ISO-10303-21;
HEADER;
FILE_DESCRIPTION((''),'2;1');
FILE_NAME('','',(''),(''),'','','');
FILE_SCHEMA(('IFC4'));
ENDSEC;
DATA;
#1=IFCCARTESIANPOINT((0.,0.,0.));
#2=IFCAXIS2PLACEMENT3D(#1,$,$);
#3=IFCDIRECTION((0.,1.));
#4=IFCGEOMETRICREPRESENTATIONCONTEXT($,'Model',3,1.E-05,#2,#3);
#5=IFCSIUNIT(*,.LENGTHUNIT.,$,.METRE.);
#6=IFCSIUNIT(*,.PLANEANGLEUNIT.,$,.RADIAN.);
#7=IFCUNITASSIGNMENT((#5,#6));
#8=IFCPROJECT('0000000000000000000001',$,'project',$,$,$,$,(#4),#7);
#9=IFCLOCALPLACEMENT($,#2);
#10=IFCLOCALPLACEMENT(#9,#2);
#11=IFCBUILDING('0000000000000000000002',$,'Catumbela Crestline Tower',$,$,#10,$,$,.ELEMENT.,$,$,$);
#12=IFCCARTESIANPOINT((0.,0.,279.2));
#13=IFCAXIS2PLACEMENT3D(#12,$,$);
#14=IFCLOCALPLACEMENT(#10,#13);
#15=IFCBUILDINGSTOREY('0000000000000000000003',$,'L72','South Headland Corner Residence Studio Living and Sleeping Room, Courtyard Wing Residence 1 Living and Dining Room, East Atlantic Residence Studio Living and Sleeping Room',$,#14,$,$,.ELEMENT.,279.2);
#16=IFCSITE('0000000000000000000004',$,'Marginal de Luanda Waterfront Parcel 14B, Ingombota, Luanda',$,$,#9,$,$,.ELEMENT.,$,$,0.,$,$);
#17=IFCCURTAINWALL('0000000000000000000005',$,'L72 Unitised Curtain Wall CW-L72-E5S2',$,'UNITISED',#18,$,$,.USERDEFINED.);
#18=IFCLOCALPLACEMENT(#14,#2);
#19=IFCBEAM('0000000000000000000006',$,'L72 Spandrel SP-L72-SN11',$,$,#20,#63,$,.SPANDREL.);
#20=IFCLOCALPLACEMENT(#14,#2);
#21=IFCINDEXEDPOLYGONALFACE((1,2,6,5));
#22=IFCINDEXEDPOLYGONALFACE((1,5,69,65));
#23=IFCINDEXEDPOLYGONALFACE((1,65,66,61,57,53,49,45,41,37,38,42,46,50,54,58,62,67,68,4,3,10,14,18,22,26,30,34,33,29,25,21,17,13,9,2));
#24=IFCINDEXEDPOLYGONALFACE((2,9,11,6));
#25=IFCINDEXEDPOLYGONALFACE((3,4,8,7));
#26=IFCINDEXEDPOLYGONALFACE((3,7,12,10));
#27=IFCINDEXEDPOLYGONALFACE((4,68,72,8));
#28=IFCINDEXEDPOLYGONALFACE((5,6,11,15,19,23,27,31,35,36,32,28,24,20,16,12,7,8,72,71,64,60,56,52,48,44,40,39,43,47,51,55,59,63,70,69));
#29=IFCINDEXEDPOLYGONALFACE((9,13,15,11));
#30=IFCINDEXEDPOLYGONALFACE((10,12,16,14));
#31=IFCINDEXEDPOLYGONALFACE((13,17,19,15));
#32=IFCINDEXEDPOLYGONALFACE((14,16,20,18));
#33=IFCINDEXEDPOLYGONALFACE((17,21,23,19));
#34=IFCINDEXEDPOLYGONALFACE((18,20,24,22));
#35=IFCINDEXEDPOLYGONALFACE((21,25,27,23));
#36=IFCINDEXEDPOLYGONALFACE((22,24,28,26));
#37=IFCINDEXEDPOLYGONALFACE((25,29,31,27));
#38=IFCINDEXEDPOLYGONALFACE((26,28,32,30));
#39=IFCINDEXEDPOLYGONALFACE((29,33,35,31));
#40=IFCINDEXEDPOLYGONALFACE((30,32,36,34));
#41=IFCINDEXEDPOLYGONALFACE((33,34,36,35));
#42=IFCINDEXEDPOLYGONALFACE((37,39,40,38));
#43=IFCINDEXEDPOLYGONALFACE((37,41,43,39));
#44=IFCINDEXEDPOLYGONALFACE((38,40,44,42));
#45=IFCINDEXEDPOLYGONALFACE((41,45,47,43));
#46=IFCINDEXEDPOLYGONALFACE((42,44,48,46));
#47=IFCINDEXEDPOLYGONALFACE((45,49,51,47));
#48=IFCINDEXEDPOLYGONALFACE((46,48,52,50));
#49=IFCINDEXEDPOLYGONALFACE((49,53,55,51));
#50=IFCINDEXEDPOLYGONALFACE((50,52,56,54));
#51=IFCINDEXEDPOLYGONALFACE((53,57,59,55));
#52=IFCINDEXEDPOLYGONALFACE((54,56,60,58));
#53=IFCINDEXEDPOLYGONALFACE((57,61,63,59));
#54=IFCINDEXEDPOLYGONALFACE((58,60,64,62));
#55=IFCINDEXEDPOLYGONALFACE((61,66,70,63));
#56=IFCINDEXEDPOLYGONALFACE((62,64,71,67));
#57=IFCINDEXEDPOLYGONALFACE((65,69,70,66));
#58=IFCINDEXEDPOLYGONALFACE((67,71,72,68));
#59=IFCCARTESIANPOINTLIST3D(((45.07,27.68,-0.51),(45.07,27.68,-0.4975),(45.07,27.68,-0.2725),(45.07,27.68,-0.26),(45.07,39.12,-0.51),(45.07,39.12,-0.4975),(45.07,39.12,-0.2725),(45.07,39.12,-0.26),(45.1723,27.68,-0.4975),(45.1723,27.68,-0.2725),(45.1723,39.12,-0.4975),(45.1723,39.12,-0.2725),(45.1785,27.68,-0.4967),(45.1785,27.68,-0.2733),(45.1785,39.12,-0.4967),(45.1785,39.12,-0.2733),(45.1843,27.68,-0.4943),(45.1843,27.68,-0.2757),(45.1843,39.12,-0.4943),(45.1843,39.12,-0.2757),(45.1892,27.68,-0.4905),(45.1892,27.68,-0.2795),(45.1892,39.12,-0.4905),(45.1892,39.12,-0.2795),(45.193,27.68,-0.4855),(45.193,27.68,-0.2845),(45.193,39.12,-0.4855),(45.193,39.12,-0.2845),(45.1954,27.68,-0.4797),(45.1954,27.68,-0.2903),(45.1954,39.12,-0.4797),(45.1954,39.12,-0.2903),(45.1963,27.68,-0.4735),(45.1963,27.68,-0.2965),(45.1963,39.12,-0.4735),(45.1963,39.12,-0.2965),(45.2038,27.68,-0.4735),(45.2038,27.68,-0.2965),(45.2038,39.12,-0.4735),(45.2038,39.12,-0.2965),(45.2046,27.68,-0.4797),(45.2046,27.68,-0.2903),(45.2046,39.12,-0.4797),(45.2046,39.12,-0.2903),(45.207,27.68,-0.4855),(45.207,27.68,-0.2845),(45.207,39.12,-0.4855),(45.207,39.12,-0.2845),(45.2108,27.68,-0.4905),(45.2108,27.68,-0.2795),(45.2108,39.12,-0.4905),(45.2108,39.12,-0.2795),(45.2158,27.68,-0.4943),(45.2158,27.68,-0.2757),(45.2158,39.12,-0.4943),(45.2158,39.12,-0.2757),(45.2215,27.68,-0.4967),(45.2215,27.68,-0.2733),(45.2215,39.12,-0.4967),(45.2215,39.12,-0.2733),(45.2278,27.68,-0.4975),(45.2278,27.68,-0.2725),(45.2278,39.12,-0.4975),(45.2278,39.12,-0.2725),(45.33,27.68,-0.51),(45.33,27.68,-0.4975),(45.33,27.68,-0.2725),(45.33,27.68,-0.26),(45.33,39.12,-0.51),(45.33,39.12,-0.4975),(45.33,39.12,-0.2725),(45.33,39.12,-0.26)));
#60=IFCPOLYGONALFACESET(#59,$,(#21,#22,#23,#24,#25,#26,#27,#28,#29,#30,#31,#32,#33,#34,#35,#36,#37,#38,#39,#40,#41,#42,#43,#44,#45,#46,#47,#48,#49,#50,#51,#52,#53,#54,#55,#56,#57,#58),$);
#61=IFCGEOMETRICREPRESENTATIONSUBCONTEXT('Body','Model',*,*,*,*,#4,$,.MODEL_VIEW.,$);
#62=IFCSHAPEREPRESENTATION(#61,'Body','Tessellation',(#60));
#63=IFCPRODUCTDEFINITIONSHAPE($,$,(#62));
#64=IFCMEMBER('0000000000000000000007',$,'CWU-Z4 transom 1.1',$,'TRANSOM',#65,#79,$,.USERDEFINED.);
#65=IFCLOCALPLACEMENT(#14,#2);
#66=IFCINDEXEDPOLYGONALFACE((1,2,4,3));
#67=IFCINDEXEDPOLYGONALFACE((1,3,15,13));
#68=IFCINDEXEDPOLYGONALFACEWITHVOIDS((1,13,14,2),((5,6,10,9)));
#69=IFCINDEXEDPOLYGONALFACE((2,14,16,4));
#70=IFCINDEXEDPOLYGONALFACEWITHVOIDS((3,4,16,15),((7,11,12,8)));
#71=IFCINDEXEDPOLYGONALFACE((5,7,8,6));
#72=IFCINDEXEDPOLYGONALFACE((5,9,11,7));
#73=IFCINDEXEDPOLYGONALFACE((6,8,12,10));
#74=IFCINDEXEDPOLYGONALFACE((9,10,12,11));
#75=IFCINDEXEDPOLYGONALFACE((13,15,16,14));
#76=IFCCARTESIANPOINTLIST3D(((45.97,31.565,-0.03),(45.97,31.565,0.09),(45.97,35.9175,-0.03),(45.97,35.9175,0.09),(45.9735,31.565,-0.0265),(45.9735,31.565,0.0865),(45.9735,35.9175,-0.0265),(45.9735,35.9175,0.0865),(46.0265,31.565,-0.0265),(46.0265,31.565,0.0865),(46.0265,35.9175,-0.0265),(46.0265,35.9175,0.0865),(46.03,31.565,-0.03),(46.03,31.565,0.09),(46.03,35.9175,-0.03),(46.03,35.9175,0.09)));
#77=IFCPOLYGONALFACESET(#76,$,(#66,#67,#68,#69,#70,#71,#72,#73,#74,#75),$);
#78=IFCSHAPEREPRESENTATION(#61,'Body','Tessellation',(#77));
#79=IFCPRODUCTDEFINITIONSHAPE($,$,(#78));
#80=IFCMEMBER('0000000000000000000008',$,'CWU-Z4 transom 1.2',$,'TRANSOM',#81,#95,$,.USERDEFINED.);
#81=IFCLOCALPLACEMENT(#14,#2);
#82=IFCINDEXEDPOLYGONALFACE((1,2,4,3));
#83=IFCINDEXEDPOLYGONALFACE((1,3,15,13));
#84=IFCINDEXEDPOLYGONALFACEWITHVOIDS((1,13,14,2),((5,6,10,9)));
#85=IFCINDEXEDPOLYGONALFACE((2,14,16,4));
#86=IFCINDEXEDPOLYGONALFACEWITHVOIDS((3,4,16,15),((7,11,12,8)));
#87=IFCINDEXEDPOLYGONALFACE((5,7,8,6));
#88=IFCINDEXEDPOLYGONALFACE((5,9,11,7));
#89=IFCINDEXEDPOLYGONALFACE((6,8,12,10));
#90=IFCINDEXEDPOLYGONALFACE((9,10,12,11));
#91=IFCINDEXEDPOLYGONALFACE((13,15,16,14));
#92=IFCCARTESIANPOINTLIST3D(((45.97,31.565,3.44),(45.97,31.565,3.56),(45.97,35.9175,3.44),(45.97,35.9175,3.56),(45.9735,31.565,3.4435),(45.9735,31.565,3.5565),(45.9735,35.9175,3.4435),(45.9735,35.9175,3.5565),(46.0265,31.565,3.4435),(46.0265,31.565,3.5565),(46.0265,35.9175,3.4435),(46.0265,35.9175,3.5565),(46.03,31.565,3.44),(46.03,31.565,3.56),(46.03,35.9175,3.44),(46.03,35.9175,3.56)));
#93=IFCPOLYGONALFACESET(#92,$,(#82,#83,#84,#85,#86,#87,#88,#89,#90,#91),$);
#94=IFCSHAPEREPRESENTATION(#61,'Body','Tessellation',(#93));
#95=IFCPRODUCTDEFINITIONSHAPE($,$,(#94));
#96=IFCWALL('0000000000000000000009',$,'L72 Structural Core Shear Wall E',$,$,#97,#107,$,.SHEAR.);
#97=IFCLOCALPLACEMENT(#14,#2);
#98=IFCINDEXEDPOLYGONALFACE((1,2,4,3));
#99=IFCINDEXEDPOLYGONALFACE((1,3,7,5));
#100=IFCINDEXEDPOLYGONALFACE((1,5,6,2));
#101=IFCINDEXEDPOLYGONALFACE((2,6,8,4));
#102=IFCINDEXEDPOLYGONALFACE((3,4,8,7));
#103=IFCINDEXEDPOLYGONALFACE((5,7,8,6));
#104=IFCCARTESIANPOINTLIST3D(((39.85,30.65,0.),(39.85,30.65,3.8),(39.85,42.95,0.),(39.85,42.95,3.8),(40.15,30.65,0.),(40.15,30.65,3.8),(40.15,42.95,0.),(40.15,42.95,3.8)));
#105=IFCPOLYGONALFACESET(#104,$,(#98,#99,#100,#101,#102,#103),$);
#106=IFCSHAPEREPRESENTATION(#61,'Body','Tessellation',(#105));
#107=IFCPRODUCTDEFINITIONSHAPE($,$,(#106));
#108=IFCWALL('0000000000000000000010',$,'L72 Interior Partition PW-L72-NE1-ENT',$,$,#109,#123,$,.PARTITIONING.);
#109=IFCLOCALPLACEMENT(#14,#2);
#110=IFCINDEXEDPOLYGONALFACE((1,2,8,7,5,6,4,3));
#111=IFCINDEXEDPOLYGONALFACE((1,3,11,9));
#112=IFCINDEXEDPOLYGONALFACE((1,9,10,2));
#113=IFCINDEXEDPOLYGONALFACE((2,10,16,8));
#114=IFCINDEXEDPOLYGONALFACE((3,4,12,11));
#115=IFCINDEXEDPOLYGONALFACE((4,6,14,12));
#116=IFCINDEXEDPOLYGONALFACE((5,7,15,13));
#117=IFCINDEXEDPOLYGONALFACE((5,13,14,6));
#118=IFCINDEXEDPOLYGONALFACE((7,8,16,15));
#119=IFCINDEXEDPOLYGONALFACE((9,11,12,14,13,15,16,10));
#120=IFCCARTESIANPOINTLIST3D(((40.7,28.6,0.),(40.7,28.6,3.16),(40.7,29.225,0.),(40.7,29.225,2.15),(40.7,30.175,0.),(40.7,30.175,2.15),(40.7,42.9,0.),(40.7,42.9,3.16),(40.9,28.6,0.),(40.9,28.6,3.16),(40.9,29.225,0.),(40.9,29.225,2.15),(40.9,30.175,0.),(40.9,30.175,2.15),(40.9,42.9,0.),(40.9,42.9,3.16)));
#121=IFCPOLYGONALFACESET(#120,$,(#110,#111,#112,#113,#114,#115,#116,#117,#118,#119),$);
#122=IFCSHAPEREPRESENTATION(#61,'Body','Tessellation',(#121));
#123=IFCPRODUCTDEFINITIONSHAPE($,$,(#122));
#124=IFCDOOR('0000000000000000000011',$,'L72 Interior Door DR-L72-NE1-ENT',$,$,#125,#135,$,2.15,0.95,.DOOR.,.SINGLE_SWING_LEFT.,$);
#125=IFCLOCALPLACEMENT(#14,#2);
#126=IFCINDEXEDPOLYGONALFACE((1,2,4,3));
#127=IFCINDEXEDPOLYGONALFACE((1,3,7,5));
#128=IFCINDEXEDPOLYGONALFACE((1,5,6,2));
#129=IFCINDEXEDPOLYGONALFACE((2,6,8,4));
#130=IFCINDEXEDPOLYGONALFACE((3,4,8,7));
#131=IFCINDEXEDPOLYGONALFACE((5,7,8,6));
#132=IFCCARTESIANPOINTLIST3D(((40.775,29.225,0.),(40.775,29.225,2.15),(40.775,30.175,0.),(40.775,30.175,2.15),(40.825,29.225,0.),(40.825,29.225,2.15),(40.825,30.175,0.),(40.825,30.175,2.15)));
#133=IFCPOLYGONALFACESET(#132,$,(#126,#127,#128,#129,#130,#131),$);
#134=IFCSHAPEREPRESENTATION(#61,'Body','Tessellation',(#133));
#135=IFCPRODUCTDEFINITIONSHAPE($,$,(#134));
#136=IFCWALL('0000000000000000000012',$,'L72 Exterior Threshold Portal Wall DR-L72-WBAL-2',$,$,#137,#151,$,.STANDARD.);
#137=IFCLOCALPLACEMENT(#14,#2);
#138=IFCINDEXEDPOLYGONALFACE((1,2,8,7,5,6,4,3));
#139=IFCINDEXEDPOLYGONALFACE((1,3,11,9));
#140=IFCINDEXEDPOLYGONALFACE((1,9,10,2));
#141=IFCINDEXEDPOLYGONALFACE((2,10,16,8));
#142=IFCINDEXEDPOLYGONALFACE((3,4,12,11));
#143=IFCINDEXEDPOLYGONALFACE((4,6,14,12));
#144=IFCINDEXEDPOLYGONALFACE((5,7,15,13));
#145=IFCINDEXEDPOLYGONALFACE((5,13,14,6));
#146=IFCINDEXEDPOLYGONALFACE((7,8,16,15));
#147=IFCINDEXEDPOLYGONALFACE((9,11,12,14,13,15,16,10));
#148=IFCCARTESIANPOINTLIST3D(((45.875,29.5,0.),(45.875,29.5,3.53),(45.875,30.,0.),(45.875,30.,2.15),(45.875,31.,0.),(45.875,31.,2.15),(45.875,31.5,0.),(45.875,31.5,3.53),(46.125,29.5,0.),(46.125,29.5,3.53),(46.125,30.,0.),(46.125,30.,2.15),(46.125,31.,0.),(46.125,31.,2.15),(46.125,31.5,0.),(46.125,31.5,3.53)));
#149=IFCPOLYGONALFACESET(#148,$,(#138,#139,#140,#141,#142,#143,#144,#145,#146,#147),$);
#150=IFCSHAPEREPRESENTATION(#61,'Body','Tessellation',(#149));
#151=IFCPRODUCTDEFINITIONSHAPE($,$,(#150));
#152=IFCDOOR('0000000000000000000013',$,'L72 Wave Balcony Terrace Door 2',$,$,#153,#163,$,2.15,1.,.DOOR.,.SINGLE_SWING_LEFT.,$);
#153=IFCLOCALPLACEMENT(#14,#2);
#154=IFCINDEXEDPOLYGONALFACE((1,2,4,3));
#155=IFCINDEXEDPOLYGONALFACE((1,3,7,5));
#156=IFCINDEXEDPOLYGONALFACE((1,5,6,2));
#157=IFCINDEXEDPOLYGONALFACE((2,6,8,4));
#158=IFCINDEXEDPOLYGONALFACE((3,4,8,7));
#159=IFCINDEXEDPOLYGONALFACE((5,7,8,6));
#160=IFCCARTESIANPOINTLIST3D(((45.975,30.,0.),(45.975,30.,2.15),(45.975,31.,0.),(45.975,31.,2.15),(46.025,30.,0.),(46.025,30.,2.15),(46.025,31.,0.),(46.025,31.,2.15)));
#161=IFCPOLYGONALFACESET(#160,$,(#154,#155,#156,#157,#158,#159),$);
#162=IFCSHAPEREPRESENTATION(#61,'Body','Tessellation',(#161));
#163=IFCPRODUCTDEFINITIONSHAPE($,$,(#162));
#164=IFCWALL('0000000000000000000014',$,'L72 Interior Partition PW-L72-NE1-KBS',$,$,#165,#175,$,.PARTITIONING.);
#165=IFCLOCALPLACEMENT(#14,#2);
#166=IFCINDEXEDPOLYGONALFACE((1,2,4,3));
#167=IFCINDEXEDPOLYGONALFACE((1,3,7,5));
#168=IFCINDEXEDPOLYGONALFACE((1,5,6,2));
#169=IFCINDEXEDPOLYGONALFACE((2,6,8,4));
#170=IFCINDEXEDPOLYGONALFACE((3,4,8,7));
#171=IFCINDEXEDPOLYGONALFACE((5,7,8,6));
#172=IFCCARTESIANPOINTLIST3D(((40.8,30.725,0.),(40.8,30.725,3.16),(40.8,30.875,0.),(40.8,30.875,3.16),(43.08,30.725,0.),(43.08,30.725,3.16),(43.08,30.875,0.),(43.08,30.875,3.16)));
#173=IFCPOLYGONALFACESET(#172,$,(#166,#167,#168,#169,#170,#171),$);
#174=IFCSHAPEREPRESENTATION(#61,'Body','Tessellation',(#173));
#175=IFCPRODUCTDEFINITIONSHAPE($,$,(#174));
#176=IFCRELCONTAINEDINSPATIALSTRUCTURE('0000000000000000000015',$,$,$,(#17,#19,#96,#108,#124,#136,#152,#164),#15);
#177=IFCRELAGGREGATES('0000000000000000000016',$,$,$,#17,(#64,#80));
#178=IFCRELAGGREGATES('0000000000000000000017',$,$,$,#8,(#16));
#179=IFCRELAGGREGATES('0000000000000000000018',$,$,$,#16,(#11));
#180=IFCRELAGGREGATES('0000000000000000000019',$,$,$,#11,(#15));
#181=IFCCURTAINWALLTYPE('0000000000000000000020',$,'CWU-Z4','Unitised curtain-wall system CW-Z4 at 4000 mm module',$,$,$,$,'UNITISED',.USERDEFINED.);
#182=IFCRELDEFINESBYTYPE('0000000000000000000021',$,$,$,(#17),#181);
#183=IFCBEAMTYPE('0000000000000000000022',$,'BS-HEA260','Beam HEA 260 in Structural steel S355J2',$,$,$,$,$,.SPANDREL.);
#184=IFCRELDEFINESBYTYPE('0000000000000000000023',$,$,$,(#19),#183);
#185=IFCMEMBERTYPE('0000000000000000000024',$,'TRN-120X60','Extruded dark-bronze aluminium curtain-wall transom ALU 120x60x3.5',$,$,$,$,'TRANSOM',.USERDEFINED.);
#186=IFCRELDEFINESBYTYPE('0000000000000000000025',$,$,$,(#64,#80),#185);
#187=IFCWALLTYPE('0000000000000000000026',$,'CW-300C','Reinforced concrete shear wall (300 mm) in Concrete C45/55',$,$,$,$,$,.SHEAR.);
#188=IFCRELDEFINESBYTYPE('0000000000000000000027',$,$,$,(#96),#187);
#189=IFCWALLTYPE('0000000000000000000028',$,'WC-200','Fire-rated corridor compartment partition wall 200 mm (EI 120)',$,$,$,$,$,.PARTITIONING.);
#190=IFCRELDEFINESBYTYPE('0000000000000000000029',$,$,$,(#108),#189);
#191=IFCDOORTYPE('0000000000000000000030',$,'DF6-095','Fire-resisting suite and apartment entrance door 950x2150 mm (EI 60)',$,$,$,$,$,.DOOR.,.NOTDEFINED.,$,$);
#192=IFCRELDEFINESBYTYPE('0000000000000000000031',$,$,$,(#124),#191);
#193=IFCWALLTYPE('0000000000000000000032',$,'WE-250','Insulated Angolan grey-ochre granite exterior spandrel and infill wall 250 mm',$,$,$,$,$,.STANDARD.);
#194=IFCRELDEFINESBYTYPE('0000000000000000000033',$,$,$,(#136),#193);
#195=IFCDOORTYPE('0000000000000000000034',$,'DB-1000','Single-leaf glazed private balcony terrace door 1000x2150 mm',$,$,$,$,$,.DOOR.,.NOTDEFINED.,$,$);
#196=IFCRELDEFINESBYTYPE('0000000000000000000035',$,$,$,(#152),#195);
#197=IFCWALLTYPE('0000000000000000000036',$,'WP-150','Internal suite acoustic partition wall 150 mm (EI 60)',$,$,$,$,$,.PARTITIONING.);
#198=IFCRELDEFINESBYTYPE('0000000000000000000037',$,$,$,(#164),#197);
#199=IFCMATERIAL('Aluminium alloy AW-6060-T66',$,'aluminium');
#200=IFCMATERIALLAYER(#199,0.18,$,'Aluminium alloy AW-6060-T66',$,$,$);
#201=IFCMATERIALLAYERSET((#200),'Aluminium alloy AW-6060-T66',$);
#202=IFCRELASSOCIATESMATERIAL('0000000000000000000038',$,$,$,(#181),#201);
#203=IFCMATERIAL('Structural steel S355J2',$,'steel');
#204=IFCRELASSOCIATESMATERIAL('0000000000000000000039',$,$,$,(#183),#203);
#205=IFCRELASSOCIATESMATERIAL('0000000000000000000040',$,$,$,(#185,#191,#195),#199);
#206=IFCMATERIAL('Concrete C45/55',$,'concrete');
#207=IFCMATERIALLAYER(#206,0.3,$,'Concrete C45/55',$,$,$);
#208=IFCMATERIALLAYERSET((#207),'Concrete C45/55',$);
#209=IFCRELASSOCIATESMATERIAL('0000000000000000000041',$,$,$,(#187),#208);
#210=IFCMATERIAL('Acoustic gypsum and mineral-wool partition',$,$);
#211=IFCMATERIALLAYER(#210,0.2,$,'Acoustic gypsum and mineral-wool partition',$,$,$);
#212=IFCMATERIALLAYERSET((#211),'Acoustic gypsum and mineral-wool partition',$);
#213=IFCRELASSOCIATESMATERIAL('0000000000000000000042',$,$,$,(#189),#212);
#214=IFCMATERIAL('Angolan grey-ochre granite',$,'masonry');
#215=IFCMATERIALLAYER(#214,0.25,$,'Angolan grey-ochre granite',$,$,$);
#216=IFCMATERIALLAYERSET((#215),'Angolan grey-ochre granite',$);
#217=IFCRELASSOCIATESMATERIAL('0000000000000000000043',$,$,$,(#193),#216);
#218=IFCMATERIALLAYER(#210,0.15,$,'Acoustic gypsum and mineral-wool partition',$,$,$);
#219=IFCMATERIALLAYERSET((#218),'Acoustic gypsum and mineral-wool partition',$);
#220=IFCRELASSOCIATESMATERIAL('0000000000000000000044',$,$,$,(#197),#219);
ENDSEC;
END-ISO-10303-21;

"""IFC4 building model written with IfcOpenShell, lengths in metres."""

from ifc_helpers import new_model, si_unit, direction, frame, frame_2d, origin, origin_2d, place, context, subcontext, project, spatial, rectangle, hollow_rectangle, i_section, extrude, material, layer, layer_set, material_profile, profile_set, type_object, element, fill, aggregate, save


model = new_model("IFC4")

# Units and contexts
model_context = context("Model", 3, precision=1e-05, world=origin(), true_north=direction((0.0, 1.0)))
body_context = subcontext(model_context, "Body", "Model", "MODEL_VIEW")
ifc_project = project(units=[si_unit("LENGTHUNIT", "METRE"), si_unit("PLANEANGLEUNIT", "RADIAN")], contexts=[model_context])

# Site, building, storey
site_placement = place(None, origin())
site = spatial("IfcSite", under=ifc_project, at=site_placement, Name="Marginal de Luanda Waterfront Parcel 14B, Ingombota, Luanda", CompositionType="ELEMENT", RefElevation=0.0)
building_placement = place(site_placement, origin())
building = spatial("IfcBuilding", under=site, at=building_placement, Name="Catumbela Crestline Tower", CompositionType="ELEMENT")
storey_placement = place(building_placement, frame((0.0, 0.0, 279.2)))
storey = spatial("IfcBuildingStorey", under=building, at=storey_placement, Name="L72", Description="South Headland Corner Residence Studio Living and Sleeping Room, Courtyard Wing Residence 1 Living and Dining Room, East Atlantic Residence Studio Living and Sleeping Room", CompositionType="ELEMENT", Elevation=279.2)

# Shared definitions
ifc_material_1 = material(Name="Concrete C45/55", Category="concrete")
ifc_material_2 = material(Name="Structural steel S355J2", Category="steel")

# Curtain wall
ifc_material_3 = material(Name="Aluminium alloy AW-6060-T66", Category="aluminium")
ifc_layer_1 = layer(ifc_material_3, 0.18, Name="Aluminium alloy AW-6060-T66")
ifc_layer_set_1 = layer_set([ifc_layer_1], Name="Aluminium alloy AW-6060-T66")
curtain_wall_type = type_object("IfcCurtainWallType", Name="CWU-Z4", Description="Unitised curtain-wall system CW-Z4 at 4000 mm module", ElementType="UNITISED", PredefinedType="USERDEFINED", material=ifc_layer_set_1)
curtain_wall_placement = place(storey_placement, origin())
curtain_wall = element("IfcCurtainWall", 1, at=curtain_wall_placement, inside=storey, type_object=curtain_wall_type, Name="L72 Unitised Curtain Wall CW-L72-E5S2", ObjectType="UNITISED", PredefinedType="USERDEFINED")

# Beam
ifc_material_profile_1 = material_profile(ifc_material_2, i_section(OverallWidth=0.26, OverallDepth=0.25, WebThickness=0.0075, FlangeThickness=0.0125, FilletRadius=0.024, at=origin_2d()), Name="HEA 260")
ifc_profile_set_1 = profile_set([ifc_material_profile_1], Name="Structural steel S355J2")
beam_type_1 = type_object("IfcBeamType", Name="BS-HEA260", Description="Beam HEA 260 in Structural steel S355J2", PredefinedType="SPANDREL", material=ifc_profile_set_1)
beam_1_placement = place(storey_placement, frame((45.2, 27.68, -0.385), z_axis=(0.0, 1.0, 0.0), x_axis=(-1.0, 0.0, 0.0)))
element("IfcBeam", 2, at=beam_1_placement, inside=storey, type_object=beam_type_1, Name="L72 Spandrel SP-L72-SN11", PredefinedType="SPANDREL", context=body_context, shape_type="SweptSolid", body=[
    extrude(i_section(OverallWidth=0.26, OverallDepth=0.25, WebThickness=0.0075, FlangeThickness=0.0125, FilletRadius=0.024, at=origin_2d()), origin(), (0.0, 0.0, 1.0), 11.44),
])

# Members
ifc_material_profile_2 = material_profile(ifc_material_3, hollow_rectangle(XDim=0.06, YDim=0.12, WallThickness=0.0035, at=origin_2d()), Name="ALU 120x60x3.5")
ifc_profile_set_2 = profile_set([ifc_material_profile_2], Name="Aluminium alloy AW-6060-T66")
member_type_1 = type_object("IfcMemberType", Name="TRN-120X60", Description="Extruded dark-bronze aluminium curtain-wall transom ALU 120x60x3.5", ElementType="TRANSOM", PredefinedType="USERDEFINED", material=ifc_profile_set_2)
member_1_placement = place(storey_placement, frame((46.0, 31.565, 0.03), z_axis=(0.0, 1.0, 0.0), x_axis=(-1.0, 0.0, 0.0)))
member_1 = element("IfcMember", 3, at=member_1_placement, type_object=member_type_1, Name="CWU-Z4 transom 1.1", ObjectType="TRANSOM", PredefinedType="USERDEFINED", context=body_context, shape_type="SweptSolid", body=[
    extrude(hollow_rectangle(XDim=0.06, YDim=0.12, WallThickness=0.0035, at=origin_2d()), origin(), (0.0, 0.0, 1.0), 4.3525),
])
member_2_placement = place(storey_placement, frame((46.0, 31.565, 3.5), z_axis=(0.0, 1.0, 0.0), x_axis=(-1.0, 0.0, 0.0)))
member_2 = element("IfcMember", 4, at=member_2_placement, type_object=member_type_1, Name="CWU-Z4 transom 1.2", ObjectType="TRANSOM", PredefinedType="USERDEFINED", context=body_context, shape_type="SweptSolid", body=[
    extrude(hollow_rectangle(XDim=0.06, YDim=0.12, WallThickness=0.0035, at=origin_2d()), origin(), (0.0, 0.0, 1.0), 4.3525),
])
aggregate(curtain_wall, [member_1, member_2])

# Wall
ifc_layer_2 = layer(ifc_material_1, 0.3, Name="Concrete C45/55")
ifc_layer_set_2 = layer_set([ifc_layer_2], Name="Concrete C45/55")
wall_type_1 = type_object("IfcWallType", Name="CW-300C", Description="Reinforced concrete shear wall (300 mm) in Concrete C45/55", PredefinedType="SHEAR", material=ifc_layer_set_2)
wall_1_placement = place(storey_placement, frame((40.0, 30.65, 0.0), z_axis=(0.0, 0.0, 1.0), x_axis=(0.0, 1.0, 0.0)))
element("IfcWall", 5, at=wall_1_placement, inside=storey, type_object=wall_type_1, Name="L72 Structural Core Shear Wall E", PredefinedType="SHEAR", context=body_context, shape_type="SweptSolid", body=[
    extrude(rectangle(XDim=12.3, YDim=0.3, at=frame_2d((6.15, 0.0))), origin(), (0.0, 0.0, 1.0), 3.8),
])

# Walls, openings, doors
ifc_material_4 = material(Name="Acoustic gypsum and mineral-wool partition")
ifc_layer_3 = layer(ifc_material_4, 0.2, Name="Acoustic gypsum and mineral-wool partition")
ifc_layer_set_3 = layer_set([ifc_layer_3], Name="Acoustic gypsum and mineral-wool partition")
wall_type_2 = type_object("IfcWallType", Name="WC-200", Description="Fire-rated corridor compartment partition wall 200 mm (EI 120)", PredefinedType="PARTITIONING", material=ifc_layer_set_3)
wall_2_placement = place(storey_placement, frame((40.8, 28.6, 0.0), z_axis=(0.0, 0.0, 1.0), x_axis=(0.0, 1.0, 0.0)))
wall_2 = element("IfcWall", 6, at=wall_2_placement, inside=storey, type_object=wall_type_2, Name="L72 Interior Partition PW-L72-NE1-ENT", PredefinedType="PARTITIONING", context=body_context, shape_type="SweptSolid", body=[
    extrude(rectangle(XDim=14.3, YDim=0.2, at=frame_2d((7.15, 0.0))), origin(), (0.0, 0.0, 1.0), 3.16),
])
opening_1_placement = place(wall_2_placement, frame((0.625, 0.0, 0.0)))
opening_1 = element("IfcOpeningElement", 7, at=opening_1_placement, cuts=wall_2, PredefinedType="OPENING", context=body_context, shape_type="SweptSolid", body=[
    extrude(rectangle(XDim=0.95, YDim=2.15, at=frame_2d((0.475, 1.075))), frame((0.0, 0.11, 0.0), z_axis=(0.0, -1.0, 0.0), x_axis=(1.0, 0.0, 0.0)), (0.0, 0.0, 1.0), 0.22),
])
door_type_1 = type_object("IfcDoorType", Name="DF6-095", Description="Fire-resisting suite and apartment entrance door 950x2150 mm (EI 60)", OperationType="NOTDEFINED", PredefinedType="DOOR", material=ifc_material_3)
door_1_placement = place(opening_1_placement, origin())
door_1 = element("IfcDoor", 8, at=door_1_placement, inside=storey, type_object=door_type_1, Name="L72 Interior Door DR-L72-NE1-ENT", OperationType="SINGLE_SWING_LEFT", OverallHeight=2.15, OverallWidth=0.95, PredefinedType="DOOR", context=body_context, shape_type="SweptSolid", body=[
    extrude(rectangle(XDim=0.95, YDim=2.15, at=frame_2d((0.475, 1.075))), frame((0.0, 0.025, 0.0), z_axis=(0.0, -1.0, 0.0), x_axis=(1.0, 0.0, 0.0)), (0.0, 0.0, 1.0), 0.05),
])
fill(opening_1, door_1)
ifc_material_5 = material(Name="Angolan grey-ochre granite", Category="masonry")
ifc_layer_4 = layer(ifc_material_5, 0.25, Name="Angolan grey-ochre granite")
ifc_layer_set_4 = layer_set([ifc_layer_4], Name="Angolan grey-ochre granite")
wall_type_3 = type_object("IfcWallType", Name="WE-250", Description="Insulated Angolan grey-ochre granite exterior spandrel and infill wall 250 mm", PredefinedType="STANDARD", material=ifc_layer_set_4)
wall_3_placement = place(storey_placement, frame((46.0, 29.5, 0.0), z_axis=(0.0, 0.0, 1.0), x_axis=(0.0, 1.0, 0.0)))
wall_3 = element("IfcWall", 9, at=wall_3_placement, inside=storey, type_object=wall_type_3, Name="L72 Exterior Threshold Portal Wall DR-L72-WBAL-2", PredefinedType="STANDARD", context=body_context, shape_type="SweptSolid", body=[
    extrude(rectangle(XDim=2.0, YDim=0.25, at=frame_2d((1.0, 0.0))), origin(), (0.0, 0.0, 1.0), 3.53),
])
opening_2_placement = place(wall_3_placement, frame((0.5, 0.0, 0.0)))
opening_2 = element("IfcOpeningElement", 10, at=opening_2_placement, cuts=wall_3, PredefinedType="OPENING", context=body_context, shape_type="SweptSolid", body=[
    extrude(rectangle(XDim=1.0, YDim=2.15, at=frame_2d((0.5, 1.075))), frame((0.0, 0.135, 0.0), z_axis=(0.0, -1.0, 0.0), x_axis=(1.0, 0.0, 0.0)), (0.0, 0.0, 1.0), 0.27),
])
door_type_2 = type_object("IfcDoorType", Name="DB-1000", Description="Single-leaf glazed private balcony terrace door 1000x2150 mm", OperationType="NOTDEFINED", PredefinedType="DOOR", material=ifc_material_3)
door_2_placement = place(opening_2_placement, origin())
door_2 = element("IfcDoor", 11, at=door_2_placement, inside=storey, type_object=door_type_2, Name="L72 Wave Balcony Terrace Door 2", OperationType="SINGLE_SWING_LEFT", OverallHeight=2.15, OverallWidth=1.0, PredefinedType="DOOR", context=body_context, shape_type="SweptSolid", body=[
    extrude(rectangle(XDim=1.0, YDim=2.15, at=frame_2d((0.5, 1.075))), frame((0.0, 0.025, 0.0), z_axis=(0.0, -1.0, 0.0), x_axis=(1.0, 0.0, 0.0)), (0.0, 0.0, 1.0), 0.05),
])
fill(opening_2, door_2)

# Wall
ifc_layer_5 = layer(ifc_material_4, 0.15, Name="Acoustic gypsum and mineral-wool partition")
ifc_layer_set_5 = layer_set([ifc_layer_5], Name="Acoustic gypsum and mineral-wool partition")
wall_type_4 = type_object("IfcWallType", Name="WP-150", Description="Internal suite acoustic partition wall 150 mm (EI 60)", PredefinedType="PARTITIONING", material=ifc_layer_set_5)
wall_4_placement = place(storey_placement, frame((40.8, 30.8, 0.0), z_axis=(0.0, 0.0, 1.0), x_axis=(1.0, 0.0, 0.0)))
element("IfcWall", 12, at=wall_4_placement, inside=storey, type_object=wall_type_4, Name="L72 Interior Partition PW-L72-NE1-KBS", PredefinedType="PARTITIONING", context=body_context, shape_type="SweptSolid", body=[
    extrude(rectangle(XDim=2.28, YDim=0.15, at=frame_2d((1.14, 0.0))), origin(), (0.0, 0.0, 1.0), 3.16),
])

save(model, "model.ifc")
